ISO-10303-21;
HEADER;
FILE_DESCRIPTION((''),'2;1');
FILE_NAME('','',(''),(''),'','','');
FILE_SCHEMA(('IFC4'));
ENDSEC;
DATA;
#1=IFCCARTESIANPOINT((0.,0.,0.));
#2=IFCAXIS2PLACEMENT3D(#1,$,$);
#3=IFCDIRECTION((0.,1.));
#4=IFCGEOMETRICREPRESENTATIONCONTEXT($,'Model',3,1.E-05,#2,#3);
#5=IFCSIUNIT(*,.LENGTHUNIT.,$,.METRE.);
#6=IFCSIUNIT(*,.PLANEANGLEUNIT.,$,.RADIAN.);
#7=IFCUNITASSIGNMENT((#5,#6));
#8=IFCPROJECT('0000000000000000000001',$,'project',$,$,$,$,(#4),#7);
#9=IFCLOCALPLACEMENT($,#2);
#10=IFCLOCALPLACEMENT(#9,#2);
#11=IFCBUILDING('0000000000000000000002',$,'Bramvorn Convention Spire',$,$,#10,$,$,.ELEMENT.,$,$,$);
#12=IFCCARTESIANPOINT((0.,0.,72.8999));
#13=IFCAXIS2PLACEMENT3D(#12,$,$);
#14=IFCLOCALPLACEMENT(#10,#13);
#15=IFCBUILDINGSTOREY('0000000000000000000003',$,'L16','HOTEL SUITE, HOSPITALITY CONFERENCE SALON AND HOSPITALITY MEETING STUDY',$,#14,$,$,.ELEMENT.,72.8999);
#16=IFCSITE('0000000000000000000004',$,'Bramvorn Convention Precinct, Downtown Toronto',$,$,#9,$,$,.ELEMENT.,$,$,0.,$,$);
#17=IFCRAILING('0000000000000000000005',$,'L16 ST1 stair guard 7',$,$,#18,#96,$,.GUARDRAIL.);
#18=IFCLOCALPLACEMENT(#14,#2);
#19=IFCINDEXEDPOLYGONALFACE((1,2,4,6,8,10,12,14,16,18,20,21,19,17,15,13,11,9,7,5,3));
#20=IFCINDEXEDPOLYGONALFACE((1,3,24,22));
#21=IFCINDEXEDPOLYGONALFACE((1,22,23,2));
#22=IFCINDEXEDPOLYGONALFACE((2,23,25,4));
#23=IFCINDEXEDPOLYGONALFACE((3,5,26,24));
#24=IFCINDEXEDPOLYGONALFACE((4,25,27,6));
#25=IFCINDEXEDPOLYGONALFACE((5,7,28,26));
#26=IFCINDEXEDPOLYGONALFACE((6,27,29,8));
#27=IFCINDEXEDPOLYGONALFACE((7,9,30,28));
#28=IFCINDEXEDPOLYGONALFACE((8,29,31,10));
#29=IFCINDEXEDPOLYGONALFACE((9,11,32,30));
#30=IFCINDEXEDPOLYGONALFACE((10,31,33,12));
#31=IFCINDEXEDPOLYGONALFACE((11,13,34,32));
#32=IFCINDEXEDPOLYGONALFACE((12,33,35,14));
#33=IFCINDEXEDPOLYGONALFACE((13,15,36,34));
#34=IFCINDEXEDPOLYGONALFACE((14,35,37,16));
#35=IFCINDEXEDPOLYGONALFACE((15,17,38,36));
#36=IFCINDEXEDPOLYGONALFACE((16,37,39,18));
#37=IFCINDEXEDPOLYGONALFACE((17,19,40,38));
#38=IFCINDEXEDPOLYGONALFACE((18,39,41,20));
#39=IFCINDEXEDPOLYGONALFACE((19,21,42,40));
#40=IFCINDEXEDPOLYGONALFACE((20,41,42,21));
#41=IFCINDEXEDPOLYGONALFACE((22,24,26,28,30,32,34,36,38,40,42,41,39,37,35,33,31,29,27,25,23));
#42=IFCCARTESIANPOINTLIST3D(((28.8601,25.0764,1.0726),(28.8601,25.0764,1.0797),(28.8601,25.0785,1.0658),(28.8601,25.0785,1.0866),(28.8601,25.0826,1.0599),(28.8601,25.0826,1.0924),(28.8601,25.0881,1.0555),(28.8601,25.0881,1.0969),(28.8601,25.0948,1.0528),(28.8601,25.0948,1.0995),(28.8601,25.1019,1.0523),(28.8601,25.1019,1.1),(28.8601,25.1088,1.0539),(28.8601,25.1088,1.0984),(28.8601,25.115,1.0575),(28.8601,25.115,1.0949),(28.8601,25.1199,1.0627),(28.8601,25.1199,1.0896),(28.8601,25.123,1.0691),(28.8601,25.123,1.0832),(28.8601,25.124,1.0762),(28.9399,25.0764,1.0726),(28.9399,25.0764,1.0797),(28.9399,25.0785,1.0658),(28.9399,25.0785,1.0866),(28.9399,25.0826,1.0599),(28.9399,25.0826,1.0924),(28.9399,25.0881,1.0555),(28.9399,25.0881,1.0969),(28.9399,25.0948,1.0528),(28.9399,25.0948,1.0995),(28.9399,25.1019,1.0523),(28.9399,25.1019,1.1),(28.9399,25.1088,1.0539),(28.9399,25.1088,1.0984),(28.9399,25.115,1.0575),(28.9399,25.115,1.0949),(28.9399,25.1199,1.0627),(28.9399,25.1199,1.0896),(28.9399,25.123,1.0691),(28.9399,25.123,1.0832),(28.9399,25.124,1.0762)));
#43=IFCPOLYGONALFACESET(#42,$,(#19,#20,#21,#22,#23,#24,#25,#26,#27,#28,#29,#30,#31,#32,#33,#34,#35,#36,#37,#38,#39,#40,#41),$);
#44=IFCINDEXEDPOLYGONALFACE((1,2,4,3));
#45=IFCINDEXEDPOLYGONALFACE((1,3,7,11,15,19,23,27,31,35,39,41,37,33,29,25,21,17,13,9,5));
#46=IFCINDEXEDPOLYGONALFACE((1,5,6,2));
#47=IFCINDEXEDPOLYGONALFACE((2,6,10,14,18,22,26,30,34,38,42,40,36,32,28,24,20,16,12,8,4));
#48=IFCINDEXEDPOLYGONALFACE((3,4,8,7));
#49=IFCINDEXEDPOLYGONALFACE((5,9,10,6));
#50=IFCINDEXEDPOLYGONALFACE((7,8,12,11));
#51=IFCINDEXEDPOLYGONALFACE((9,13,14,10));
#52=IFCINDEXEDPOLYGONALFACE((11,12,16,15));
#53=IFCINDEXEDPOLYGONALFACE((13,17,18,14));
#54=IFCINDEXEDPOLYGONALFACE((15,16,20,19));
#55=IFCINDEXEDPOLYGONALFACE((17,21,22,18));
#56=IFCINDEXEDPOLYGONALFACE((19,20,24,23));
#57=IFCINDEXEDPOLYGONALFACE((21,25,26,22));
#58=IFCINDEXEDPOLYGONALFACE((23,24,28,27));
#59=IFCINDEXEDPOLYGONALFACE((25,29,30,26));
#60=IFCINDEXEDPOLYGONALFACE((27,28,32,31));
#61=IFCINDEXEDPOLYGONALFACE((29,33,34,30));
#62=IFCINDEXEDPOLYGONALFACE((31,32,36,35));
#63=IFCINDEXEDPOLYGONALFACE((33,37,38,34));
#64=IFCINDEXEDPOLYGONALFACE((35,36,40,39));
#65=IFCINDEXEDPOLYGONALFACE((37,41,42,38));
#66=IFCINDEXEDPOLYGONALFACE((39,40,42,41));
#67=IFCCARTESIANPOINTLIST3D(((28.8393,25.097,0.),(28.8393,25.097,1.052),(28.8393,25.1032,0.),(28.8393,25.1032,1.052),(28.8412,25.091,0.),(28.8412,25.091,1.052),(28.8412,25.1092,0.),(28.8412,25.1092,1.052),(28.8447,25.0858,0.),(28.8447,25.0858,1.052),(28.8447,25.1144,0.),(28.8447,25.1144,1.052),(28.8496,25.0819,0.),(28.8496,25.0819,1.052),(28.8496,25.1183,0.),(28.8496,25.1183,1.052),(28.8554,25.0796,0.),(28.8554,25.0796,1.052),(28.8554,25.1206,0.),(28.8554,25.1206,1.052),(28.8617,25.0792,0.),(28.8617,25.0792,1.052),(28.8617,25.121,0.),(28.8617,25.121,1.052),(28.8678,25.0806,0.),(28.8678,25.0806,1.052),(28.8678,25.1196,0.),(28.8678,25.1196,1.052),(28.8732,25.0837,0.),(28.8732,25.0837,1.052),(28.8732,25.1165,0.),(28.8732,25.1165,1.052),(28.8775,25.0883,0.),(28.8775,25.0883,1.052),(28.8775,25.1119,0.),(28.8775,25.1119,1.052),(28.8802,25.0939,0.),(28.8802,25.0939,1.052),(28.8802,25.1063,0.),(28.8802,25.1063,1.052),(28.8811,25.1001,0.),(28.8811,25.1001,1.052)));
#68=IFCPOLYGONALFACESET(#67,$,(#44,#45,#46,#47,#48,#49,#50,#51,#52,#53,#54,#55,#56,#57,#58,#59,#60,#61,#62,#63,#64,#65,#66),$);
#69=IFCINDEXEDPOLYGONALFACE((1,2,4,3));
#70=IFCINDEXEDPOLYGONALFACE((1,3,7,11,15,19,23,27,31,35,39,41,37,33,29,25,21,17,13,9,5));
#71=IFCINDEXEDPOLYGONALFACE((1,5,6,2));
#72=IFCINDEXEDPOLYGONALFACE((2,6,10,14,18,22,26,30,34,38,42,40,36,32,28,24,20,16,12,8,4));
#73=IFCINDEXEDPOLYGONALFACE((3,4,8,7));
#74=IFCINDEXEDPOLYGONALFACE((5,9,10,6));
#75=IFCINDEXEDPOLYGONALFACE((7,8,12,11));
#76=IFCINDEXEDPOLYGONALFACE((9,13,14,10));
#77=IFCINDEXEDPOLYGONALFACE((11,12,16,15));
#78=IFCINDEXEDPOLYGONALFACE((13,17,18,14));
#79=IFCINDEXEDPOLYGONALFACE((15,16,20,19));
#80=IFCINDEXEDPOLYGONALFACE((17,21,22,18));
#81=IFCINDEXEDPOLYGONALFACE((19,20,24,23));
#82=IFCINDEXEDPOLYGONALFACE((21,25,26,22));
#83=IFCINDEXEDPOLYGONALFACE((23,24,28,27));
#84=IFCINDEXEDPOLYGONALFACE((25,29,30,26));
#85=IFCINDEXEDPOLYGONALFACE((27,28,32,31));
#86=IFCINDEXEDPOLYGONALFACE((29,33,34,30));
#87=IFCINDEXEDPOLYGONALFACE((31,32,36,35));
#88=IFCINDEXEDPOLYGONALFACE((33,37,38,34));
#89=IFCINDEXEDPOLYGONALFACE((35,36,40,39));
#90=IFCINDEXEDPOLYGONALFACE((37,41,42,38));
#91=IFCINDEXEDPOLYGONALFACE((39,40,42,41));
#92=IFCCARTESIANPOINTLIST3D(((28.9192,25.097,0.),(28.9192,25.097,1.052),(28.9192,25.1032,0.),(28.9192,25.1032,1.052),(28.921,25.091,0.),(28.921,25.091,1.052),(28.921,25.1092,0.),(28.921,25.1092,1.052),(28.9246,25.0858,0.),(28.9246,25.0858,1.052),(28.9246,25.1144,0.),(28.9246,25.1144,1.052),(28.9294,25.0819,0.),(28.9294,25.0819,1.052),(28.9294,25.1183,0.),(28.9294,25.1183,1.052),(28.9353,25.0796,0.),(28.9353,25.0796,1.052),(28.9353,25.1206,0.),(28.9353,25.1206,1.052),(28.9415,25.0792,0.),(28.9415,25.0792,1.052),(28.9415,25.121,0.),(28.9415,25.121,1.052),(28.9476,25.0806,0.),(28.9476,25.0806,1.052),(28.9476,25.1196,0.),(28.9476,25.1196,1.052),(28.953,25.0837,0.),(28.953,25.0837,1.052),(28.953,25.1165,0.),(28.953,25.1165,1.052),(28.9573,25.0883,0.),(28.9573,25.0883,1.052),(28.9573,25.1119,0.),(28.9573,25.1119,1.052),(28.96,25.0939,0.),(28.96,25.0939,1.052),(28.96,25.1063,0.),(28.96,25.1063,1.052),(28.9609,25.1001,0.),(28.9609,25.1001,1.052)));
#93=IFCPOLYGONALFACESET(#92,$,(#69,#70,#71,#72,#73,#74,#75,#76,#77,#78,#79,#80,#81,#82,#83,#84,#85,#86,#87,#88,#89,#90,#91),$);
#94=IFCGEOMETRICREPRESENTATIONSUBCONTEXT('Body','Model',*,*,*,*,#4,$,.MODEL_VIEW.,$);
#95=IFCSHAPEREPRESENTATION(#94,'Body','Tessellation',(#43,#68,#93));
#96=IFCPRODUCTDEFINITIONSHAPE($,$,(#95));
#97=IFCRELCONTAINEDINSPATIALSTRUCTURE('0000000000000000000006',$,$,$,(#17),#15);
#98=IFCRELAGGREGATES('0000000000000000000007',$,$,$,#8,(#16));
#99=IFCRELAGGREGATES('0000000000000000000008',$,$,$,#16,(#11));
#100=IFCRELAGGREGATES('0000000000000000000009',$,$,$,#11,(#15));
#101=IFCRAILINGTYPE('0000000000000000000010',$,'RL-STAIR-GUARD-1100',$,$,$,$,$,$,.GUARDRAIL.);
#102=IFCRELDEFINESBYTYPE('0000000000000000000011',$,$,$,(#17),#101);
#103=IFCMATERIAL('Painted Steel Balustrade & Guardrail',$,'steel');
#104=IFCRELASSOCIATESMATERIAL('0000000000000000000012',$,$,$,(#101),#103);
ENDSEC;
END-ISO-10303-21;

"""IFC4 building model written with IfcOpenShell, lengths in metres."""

from ifc_helpers import new_model, si_unit, direction, frame, origin, origin_2d, place, context, subcontext, project, spatial, circle, extrude, material, type_object, element, save


model = new_model("IFC4")

# Units and contexts
model_context = context("Model", 3, precision=1e-05, world=origin(), true_north=direction((0.0, 1.0)))
body_context = subcontext(model_context, "Body", "Model", "MODEL_VIEW")
ifc_project = project(units=[si_unit("LENGTHUNIT", "METRE"), si_unit("PLANEANGLEUNIT", "RADIAN")], contexts=[model_context])

# Site, building, storey
site_placement = place(None, origin())
site = spatial("IfcSite", under=ifc_project, at=site_placement, Name="Bramvorn Convention Precinct, Downtown Toronto", CompositionType="ELEMENT", RefElevation=0.0)
building_placement = place(site_placement, origin())
building = spatial("IfcBuilding", under=site, at=building_placement, Name="Bramvorn Convention Spire", CompositionType="ELEMENT")
storey_placement = place(building_placement, frame((0.0, 0.0, 72.8999)))
storey = spatial("IfcBuildingStorey", under=building, at=storey_placement, Name="L16", Description="HOTEL SUITE, HOSPITALITY CONFERENCE SALON AND HOSPITALITY MEETING STUDY", CompositionType="ELEMENT", Elevation=72.8999)

# Railing
ifc_material_1 = material(Name="Painted Steel Balustrade & Guardrail", Category="steel")
railing_type_1 = type_object("IfcRailingType", Name="RL-STAIR-GUARD-1100", PredefinedType="GUARDRAIL", material=ifc_material_1)
railing_1_placement = place(storey_placement, frame((28.8601, 25.1001, 0.0)))
element("IfcRailing", 1, at=railing_1_placement, inside=storey, type_object=railing_type_1, Name="L16 ST1 stair guard 7", PredefinedType="GUARDRAIL", context=body_context, shape_type="SweptSolid", body=[
    extrude(circle(Radius=0.0239, at=origin_2d()), frame((0.0, 0.0, 1.0762), z_axis=(1.0, 0.0, 0.0), x_axis=(0.0, 1.0, 0.0)), (0.0, 0.0, 1.0), 0.0798),
    extrude(circle(Radius=0.021, at=origin_2d()), origin(), (0.0, 0.0, 1.0), 1.052),
    extrude(circle(Radius=0.021, at=origin_2d()), frame((0.0798, 0.0, 0.0)), (0.0, 0.0, 1.0), 1.052),
])

save(model, "model.ifc")
